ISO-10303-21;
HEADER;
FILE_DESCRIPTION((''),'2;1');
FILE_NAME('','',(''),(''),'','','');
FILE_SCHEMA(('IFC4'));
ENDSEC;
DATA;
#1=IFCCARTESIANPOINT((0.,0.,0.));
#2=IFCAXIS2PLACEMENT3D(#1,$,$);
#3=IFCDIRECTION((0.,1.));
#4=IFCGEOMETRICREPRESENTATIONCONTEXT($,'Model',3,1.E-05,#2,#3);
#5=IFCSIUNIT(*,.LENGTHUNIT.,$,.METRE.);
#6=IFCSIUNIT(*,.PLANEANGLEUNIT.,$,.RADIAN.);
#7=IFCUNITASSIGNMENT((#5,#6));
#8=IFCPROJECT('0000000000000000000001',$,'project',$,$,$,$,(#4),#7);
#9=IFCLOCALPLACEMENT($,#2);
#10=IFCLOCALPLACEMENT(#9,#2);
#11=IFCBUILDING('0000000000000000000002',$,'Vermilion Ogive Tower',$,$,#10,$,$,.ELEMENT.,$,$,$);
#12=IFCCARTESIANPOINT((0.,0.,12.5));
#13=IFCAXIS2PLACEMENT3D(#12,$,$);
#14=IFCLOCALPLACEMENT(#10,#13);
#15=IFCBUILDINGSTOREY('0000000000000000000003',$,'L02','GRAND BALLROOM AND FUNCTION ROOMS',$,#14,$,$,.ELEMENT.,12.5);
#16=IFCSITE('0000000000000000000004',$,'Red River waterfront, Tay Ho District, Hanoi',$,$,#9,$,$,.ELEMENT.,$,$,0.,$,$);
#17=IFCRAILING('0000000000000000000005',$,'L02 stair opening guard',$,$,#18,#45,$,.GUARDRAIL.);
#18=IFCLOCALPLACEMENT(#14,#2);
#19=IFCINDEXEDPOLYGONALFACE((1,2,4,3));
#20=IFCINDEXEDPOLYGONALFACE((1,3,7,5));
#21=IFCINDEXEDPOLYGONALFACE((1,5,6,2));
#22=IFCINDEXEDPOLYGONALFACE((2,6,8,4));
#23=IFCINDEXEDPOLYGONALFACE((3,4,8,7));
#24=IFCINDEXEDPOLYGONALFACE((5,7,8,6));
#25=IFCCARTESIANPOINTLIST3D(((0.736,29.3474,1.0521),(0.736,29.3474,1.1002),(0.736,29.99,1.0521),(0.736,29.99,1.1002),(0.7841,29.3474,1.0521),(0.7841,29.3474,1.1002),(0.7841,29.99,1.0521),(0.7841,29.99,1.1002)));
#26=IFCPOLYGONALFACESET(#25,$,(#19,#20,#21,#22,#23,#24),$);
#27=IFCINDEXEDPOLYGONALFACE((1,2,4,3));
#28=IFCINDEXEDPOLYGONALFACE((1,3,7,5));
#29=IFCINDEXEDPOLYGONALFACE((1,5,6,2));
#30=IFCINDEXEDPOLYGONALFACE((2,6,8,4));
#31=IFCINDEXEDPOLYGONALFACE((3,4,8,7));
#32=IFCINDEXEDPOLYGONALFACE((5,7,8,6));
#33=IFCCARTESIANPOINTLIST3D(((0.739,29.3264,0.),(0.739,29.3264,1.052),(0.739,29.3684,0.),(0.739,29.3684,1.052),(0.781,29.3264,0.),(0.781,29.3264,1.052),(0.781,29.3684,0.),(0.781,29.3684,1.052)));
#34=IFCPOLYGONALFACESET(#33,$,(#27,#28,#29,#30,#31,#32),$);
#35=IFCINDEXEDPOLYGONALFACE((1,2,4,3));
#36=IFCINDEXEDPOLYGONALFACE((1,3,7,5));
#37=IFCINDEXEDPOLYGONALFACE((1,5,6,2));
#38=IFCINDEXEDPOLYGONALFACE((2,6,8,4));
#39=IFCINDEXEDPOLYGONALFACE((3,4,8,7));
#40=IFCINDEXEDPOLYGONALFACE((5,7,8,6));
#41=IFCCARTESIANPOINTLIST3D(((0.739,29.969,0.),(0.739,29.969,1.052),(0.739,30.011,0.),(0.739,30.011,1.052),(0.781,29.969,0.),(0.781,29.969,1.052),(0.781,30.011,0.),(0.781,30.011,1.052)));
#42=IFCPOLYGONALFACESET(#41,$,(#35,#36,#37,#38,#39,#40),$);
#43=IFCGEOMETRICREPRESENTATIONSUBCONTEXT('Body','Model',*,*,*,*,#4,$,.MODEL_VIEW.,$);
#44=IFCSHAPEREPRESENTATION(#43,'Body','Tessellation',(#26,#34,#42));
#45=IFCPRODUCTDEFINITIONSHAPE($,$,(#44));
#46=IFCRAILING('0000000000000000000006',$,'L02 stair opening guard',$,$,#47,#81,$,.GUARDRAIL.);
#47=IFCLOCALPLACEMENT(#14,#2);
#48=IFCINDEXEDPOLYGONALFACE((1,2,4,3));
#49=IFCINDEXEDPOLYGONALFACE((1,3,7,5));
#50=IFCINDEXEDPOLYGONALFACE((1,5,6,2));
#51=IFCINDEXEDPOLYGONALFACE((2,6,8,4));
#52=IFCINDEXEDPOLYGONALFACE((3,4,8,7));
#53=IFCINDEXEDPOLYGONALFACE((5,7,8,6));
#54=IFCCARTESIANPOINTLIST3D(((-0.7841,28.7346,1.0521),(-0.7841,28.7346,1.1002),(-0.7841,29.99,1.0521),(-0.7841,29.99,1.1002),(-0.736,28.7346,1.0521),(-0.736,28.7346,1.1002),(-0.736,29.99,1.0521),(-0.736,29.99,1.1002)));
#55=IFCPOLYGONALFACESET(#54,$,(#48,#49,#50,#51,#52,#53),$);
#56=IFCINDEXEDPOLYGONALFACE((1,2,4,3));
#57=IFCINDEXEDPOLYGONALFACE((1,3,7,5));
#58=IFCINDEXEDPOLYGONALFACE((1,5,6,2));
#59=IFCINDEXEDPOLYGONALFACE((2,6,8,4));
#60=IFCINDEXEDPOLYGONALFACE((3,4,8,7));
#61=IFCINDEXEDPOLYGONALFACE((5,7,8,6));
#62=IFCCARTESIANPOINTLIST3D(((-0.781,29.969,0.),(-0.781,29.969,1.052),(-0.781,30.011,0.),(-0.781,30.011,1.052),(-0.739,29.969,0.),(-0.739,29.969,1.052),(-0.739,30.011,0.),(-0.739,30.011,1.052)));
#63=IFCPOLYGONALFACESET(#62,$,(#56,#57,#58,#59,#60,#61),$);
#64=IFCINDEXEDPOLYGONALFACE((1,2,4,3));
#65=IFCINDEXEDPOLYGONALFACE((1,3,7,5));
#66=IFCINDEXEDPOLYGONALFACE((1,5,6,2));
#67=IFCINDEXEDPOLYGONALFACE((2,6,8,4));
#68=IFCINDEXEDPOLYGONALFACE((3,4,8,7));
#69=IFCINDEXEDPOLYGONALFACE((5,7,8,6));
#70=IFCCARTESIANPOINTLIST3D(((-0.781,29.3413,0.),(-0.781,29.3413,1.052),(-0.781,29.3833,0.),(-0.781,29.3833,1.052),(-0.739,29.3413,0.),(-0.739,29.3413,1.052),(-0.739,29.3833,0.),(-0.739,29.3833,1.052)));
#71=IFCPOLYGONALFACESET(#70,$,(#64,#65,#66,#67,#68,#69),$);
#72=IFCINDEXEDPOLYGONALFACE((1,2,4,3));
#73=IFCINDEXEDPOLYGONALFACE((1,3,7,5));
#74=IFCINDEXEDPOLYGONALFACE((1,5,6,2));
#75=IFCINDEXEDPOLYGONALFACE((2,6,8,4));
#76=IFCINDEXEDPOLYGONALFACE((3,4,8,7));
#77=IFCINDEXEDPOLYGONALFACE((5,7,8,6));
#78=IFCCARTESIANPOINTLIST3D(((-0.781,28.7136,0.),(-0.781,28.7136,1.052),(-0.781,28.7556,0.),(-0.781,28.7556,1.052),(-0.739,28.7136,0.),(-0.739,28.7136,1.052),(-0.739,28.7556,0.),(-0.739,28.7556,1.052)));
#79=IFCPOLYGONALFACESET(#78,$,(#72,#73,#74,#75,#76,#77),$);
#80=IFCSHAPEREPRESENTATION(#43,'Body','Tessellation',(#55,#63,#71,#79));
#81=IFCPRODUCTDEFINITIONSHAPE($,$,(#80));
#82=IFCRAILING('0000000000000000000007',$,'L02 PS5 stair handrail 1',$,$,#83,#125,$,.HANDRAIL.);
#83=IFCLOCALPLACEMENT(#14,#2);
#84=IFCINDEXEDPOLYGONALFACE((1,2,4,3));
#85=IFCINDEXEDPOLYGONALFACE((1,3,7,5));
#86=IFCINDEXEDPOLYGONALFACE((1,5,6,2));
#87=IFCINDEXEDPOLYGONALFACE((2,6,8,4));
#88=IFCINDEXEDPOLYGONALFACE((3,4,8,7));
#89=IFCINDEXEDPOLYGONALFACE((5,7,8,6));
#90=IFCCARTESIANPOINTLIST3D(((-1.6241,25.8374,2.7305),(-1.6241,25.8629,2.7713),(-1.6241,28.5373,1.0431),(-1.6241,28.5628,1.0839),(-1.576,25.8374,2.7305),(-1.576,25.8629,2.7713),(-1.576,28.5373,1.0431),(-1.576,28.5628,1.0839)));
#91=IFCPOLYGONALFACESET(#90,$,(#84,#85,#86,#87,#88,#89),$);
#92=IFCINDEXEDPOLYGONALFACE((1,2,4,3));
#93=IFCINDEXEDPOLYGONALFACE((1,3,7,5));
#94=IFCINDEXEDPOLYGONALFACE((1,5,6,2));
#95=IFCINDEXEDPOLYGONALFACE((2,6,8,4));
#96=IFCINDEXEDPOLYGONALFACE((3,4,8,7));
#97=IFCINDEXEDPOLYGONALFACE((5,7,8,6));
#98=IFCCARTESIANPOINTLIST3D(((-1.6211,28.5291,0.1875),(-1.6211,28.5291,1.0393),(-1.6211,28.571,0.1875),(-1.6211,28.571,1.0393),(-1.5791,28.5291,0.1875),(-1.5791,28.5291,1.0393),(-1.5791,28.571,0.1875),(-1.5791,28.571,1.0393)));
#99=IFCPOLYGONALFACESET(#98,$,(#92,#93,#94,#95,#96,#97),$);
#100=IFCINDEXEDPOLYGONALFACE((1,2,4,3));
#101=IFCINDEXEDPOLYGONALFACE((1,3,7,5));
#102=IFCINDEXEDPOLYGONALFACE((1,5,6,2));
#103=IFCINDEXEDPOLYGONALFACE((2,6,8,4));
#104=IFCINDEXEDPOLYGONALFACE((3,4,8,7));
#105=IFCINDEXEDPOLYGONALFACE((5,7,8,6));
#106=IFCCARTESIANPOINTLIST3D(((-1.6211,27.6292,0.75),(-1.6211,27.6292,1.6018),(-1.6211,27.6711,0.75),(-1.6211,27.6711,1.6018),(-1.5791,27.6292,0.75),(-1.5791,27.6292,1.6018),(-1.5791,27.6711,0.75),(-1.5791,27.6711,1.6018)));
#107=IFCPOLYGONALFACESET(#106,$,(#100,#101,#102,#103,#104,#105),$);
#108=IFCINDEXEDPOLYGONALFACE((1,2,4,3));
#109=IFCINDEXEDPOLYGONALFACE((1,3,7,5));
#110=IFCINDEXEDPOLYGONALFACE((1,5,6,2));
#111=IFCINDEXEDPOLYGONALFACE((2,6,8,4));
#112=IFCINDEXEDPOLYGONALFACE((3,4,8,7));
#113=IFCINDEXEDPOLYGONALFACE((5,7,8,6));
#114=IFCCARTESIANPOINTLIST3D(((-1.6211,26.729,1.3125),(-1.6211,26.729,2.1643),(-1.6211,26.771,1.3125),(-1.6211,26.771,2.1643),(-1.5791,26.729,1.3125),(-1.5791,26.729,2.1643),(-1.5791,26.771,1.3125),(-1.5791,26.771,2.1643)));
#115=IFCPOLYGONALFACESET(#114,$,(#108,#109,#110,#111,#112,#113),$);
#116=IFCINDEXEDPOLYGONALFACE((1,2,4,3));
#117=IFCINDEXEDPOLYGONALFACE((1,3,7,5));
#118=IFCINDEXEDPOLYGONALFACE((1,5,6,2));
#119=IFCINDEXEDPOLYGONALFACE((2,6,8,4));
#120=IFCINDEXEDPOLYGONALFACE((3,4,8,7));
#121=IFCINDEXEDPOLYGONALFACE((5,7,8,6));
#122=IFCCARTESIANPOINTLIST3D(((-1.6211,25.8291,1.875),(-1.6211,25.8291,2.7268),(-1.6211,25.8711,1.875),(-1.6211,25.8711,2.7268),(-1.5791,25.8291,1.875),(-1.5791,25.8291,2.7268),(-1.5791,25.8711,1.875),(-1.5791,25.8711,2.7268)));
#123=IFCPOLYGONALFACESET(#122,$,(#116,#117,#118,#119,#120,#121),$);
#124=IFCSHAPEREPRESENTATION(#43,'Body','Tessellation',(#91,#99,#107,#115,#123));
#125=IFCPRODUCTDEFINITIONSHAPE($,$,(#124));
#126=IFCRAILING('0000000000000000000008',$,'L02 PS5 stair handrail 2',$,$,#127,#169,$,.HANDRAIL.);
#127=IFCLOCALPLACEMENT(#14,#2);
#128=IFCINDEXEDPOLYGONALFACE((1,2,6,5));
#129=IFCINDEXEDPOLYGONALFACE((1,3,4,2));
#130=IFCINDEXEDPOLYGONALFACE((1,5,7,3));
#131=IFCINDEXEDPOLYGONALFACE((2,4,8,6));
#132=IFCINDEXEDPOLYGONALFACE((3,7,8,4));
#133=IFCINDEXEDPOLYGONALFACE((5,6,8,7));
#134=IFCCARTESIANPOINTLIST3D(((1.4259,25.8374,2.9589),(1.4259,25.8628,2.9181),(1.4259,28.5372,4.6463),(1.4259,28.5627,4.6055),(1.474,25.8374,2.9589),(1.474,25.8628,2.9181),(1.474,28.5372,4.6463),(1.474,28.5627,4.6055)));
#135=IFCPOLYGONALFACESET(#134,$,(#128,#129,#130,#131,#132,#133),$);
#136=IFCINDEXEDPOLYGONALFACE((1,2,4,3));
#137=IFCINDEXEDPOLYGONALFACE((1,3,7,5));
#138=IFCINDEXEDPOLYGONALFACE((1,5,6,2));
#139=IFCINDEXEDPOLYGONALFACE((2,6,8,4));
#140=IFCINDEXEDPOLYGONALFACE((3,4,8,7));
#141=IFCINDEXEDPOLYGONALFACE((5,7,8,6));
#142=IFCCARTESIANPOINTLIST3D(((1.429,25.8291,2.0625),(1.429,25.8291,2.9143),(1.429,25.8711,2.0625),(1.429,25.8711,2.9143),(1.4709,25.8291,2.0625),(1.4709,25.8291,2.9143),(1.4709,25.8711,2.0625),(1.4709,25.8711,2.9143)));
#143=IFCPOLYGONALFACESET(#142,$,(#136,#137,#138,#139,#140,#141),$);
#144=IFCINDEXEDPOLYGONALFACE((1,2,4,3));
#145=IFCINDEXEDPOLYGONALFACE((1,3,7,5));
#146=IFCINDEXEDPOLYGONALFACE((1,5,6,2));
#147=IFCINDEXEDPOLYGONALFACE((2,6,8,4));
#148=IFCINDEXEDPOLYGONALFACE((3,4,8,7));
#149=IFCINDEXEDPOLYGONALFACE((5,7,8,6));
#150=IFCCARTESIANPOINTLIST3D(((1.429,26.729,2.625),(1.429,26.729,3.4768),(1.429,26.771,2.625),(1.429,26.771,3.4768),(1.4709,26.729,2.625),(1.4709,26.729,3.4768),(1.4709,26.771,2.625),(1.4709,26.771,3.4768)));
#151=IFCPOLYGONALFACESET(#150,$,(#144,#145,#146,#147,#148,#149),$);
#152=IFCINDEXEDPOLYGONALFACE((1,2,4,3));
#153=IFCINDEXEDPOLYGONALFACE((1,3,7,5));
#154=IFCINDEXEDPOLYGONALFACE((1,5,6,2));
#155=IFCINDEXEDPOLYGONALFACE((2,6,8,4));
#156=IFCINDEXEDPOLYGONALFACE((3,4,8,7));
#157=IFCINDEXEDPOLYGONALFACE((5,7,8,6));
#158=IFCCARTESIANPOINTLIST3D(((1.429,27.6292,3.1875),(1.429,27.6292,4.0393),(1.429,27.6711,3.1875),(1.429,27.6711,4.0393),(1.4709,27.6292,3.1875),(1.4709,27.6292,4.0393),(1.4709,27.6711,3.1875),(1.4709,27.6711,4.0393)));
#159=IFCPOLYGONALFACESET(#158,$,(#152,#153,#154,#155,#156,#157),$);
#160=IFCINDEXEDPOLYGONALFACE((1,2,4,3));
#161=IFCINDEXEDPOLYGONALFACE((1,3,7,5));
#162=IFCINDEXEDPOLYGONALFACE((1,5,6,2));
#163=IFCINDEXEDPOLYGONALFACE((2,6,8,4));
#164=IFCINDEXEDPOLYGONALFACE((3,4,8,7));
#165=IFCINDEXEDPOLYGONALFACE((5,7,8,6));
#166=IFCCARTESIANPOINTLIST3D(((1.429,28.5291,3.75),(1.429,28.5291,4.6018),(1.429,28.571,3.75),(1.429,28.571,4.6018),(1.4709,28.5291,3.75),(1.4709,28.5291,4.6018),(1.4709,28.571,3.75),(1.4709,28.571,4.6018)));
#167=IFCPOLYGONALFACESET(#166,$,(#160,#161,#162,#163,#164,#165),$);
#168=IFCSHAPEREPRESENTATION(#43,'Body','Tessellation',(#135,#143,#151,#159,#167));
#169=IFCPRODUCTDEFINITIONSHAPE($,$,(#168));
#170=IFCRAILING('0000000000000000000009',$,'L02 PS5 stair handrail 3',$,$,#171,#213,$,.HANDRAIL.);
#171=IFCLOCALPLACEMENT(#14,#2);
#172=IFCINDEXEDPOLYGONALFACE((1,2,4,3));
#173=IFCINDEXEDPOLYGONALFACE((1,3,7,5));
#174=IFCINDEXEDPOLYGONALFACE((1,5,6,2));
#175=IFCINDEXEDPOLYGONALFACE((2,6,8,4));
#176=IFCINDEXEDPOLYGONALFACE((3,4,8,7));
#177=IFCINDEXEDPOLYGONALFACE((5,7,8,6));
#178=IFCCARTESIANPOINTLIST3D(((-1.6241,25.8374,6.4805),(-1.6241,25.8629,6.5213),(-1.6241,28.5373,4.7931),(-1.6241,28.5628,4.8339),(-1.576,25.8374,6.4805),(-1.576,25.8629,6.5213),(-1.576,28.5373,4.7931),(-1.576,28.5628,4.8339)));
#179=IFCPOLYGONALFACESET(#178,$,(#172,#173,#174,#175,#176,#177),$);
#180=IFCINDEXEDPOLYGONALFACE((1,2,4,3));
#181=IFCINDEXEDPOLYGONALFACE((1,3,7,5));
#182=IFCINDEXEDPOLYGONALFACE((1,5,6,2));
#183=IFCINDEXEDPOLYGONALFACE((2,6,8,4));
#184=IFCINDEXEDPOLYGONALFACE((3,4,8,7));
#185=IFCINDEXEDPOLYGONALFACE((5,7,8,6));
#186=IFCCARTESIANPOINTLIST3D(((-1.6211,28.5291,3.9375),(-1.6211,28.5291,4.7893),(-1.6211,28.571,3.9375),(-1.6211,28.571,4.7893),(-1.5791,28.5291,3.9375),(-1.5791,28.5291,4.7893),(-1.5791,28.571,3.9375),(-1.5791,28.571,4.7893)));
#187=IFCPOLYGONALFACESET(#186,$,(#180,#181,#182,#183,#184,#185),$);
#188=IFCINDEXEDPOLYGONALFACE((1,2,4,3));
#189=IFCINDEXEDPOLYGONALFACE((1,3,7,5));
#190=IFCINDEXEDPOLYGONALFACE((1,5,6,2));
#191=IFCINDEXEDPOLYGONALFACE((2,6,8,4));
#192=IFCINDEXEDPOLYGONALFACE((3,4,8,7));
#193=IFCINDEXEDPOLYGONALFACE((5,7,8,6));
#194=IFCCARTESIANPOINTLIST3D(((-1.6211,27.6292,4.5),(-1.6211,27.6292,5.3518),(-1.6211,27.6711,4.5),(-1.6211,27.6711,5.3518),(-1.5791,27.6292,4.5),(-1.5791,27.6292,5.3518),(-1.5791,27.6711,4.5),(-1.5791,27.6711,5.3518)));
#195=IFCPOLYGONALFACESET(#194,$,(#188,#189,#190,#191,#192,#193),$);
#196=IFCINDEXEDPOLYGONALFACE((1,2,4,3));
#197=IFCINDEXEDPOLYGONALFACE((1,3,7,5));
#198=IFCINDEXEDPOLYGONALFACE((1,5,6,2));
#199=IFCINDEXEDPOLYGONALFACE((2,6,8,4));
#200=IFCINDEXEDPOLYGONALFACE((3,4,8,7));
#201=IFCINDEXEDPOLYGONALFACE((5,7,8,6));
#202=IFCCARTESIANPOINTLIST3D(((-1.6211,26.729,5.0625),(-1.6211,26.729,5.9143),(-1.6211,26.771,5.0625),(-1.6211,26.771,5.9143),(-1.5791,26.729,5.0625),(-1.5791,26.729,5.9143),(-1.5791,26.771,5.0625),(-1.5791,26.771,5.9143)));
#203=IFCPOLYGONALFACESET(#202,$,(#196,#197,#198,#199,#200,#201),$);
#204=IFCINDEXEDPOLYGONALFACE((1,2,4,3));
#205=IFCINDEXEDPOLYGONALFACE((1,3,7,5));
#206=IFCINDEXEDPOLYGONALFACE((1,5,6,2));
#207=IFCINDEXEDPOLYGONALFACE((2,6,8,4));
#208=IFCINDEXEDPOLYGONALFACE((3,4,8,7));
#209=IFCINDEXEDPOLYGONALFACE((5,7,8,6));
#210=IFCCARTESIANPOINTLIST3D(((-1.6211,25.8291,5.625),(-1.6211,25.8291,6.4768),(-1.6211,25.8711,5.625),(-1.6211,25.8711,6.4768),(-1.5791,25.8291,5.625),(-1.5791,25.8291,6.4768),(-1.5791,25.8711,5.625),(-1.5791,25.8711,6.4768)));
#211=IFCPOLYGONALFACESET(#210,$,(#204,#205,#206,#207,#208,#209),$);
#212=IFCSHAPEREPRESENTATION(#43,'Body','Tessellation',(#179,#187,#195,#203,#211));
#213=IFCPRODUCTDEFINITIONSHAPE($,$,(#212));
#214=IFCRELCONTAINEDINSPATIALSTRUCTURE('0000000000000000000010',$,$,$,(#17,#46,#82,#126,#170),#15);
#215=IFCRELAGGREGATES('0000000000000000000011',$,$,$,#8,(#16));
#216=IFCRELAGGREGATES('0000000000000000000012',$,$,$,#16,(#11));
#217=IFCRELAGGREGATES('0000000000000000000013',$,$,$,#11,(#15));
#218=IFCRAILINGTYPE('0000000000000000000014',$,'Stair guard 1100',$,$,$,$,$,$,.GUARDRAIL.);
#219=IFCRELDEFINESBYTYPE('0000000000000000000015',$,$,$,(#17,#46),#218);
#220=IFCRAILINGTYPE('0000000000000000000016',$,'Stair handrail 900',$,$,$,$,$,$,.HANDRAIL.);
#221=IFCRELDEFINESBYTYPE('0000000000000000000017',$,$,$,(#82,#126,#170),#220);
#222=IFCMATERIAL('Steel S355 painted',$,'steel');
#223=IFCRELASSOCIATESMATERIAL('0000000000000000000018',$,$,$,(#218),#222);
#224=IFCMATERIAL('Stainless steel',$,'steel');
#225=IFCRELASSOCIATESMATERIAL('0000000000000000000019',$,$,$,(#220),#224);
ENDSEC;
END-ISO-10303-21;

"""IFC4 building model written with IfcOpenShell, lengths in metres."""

from ifc_helpers import new_model, si_unit, direction, frame, origin, origin_2d, place, context, subcontext, project, spatial, rectangle, extrude, material, type_object, element, save


model = new_model("IFC4")

# Units and contexts
model_context = context("Model", 3, precision=1e-05, world=origin(), true_north=direction((0.0, 1.0)))
body_context = subcontext(model_context, "Body", "Model", "MODEL_VIEW")
ifc_project = project(units=[si_unit("LENGTHUNIT", "METRE"), si_unit("PLANEANGLEUNIT", "RADIAN")], contexts=[model_context])

# Site, building, storey
site_placement = place(None, origin())
site = spatial("IfcSite", under=ifc_project, at=site_placement, Name="Red River waterfront, Tay Ho District, Hanoi", CompositionType="ELEMENT", RefElevation=0.0)
building_placement = place(site_placement, origin())
building = spatial("IfcBuilding", under=site, at=building_placement, Name="Vermilion Ogive Tower", CompositionType="ELEMENT")
storey_placement = place(building_placement, frame((0.0, 0.0, 12.5)))
storey = spatial("IfcBuildingStorey", under=building, at=storey_placement, Name="L02", Description="GRAND BALLROOM AND FUNCTION ROOMS", CompositionType="ELEMENT", Elevation=12.5)

# Railings
ifc_material_1 = material(Name="Steel S355 painted", Category="steel")
railing_type_1 = type_object("IfcRailingType", Name="Stair guard 1100", PredefinedType="GUARDRAIL", material=ifc_material_1)
railing_1_placement = place(storey_placement, frame((0.76, 29.3474, 0.0)))
element("IfcRailing", 1, at=railing_1_placement, inside=storey, type_object=railing_type_1, Name="L02 stair opening guard", PredefinedType="GUARDRAIL", context=body_context, shape_type="SweptSolid", body=[
    extrude(rectangle(XDim=0.0481, YDim=0.0481, at=origin_2d()), frame((0.0, 0.0, 1.0762), z_axis=(0.0, 1.0, 0.0), x_axis=(-1.0, 0.0, 0.0)), (0.0, 0.0, 1.0), 0.6426),
    extrude(rectangle(XDim=0.042, YDim=0.042, at=origin_2d()), origin(), (0.0, 0.0, 1.0), 1.052),
    extrude(rectangle(XDim=0.042, YDim=0.042, at=origin_2d()), frame((0.0, 0.6426, 0.0)), (0.0, 0.0, 1.0), 1.052),
])
railing_2_placement = place(storey_placement, frame((-0.76, 29.99, 0.0)))
element("IfcRailing", 2, at=railing_2_placement, inside=storey, type_object=railing_type_1, Name="L02 stair opening guard", PredefinedType="GUARDRAIL", context=body_context, shape_type="SweptSolid", body=[
    extrude(rectangle(XDim=0.0481, YDim=0.0481, at=origin_2d()), frame((0.0, 0.0, 1.0762), z_axis=(0.0, -1.0, 0.0), x_axis=(1.0, 0.0, 0.0)), (0.0, 0.0, 1.0), 1.2554),
    extrude(rectangle(XDim=0.042, YDim=0.042, at=origin_2d()), origin(), (0.0, 0.0, 1.0), 1.052),
    extrude(rectangle(XDim=0.042, YDim=0.042, at=origin_2d()), frame((0.0, -0.6277, 0.0)), (0.0, 0.0, 1.0), 1.052),
    extrude(rectangle(XDim=0.042, YDim=0.042, at=origin_2d()), frame((0.0, -1.2554, 0.0)), (0.0, 0.0, 1.0), 1.052),
])
ifc_material_2 = material(Name="Stainless steel", Category="steel")
railing_type_2 = type_object("IfcRailingType", Name="Stair handrail 900", PredefinedType="HANDRAIL", material=ifc_material_2)
railing_3_placement = place(storey_placement, frame((-1.6001, 28.55, 0.1875)))
element("IfcRailing", 3, at=railing_3_placement, inside=storey, type_object=railing_type_2, Name="L02 PS5 stair handrail 1", PredefinedType="HANDRAIL", context=body_context, shape_type="SweptSolid", body=[
    extrude(rectangle(XDim=0.0481, YDim=0.0481, at=origin_2d()), frame((0.0, 0.0, 0.876), z_axis=(0.0, -0.847994, 0.530006), x_axis=(1.0, 0.0, 0.0)), (0.0, 0.0, 1.0), 3.1838),
    extrude(rectangle(XDim=0.042, YDim=0.042, at=origin_2d()), origin(), (0.0, 0.0, 1.0), 0.8518),
    extrude(rectangle(XDim=0.042, YDim=0.042, at=origin_2d()), frame((0.0, -0.8999, 0.5625)), (0.0, 0.0, 1.0), 0.8518),
    extrude(rectangle(XDim=0.042, YDim=0.042, at=origin_2d()), frame((0.0, -1.8, 1.125)), (0.0, 0.0, 1.0), 0.8518),
    extrude(rectangle(XDim=0.042, YDim=0.042, at=origin_2d()), frame((0.0, -2.7, 1.6875)), (0.0, 0.0, 1.0), 0.8518),
])
railing_4_placement = place(storey_placement, frame((1.45, 25.8501, 2.0625)))
element("IfcRailing", 4, at=railing_4_placement, inside=storey, type_object=railing_type_2, Name="L02 PS5 stair handrail 2", PredefinedType="HANDRAIL", context=body_context, shape_type="SweptSolid", body=[
    extrude(rectangle(XDim=0.0481, YDim=0.0481, at=origin_2d()), frame((0.0, 0.0, 0.876), z_axis=(0.0, 0.847994, 0.530006), x_axis=(-1.0, 0.0, 0.0)), (0.0, 0.0, 1.0), 3.1838),
    extrude(rectangle(XDim=0.042, YDim=0.042, at=origin_2d()), origin(), (0.0, 0.0, 1.0), 0.8518),
    extrude(rectangle(XDim=0.042, YDim=0.042, at=origin_2d()), frame((0.0, 0.8999, 0.5625)), (0.0, 0.0, 1.0), 0.8518),
    extrude(rectangle(XDim=0.042, YDim=0.042, at=origin_2d()), frame((0.0, 1.8, 1.125)), (0.0, 0.0, 1.0), 0.8518),
    extrude(rectangle(XDim=0.042, YDim=0.042, at=origin_2d()), frame((0.0, 2.7, 1.6875)), (0.0, 0.0, 1.0), 0.8518),
])
railing_5_placement = place(storey_placement, frame((-1.6001, 28.55, 3.9375)))
element("IfcRailing", 5, at=railing_5_placement, inside=storey, type_object=railing_type_2, Name="L02 PS5 stair handrail 3", PredefinedType="HANDRAIL", context=body_context, shape_type="SweptSolid", body=[
    extrude(rectangle(XDim=0.0481, YDim=0.0481, at=origin_2d()), frame((0.0, 0.0, 0.876), z_axis=(0.0, -0.847994, 0.530006), x_axis=(1.0, 0.0, 0.0)), (0.0, 0.0, 1.0), 3.1838),
    extrude(rectangle(XDim=0.042, YDim=0.042, at=origin_2d()), origin(), (0.0, 0.0, 1.0), 0.8518),
    extrude(rectangle(XDim=0.042, YDim=0.042, at=origin_2d()), frame((0.0, -0.8999, 0.5625)), (0.0, 0.0, 1.0), 0.8518),
    extrude(rectangle(XDim=0.042, YDim=0.042, at=origin_2d()), frame((0.0, -1.8, 1.125)), (0.0, 0.0, 1.0), 0.8518),
    extrude(rectangle(XDim=0.042, YDim=0.042, at=origin_2d()), frame((0.0, -2.7, 1.6875)), (0.0, 0.0, 1.0), 0.8518),
])

save(model, "model.ifc")
